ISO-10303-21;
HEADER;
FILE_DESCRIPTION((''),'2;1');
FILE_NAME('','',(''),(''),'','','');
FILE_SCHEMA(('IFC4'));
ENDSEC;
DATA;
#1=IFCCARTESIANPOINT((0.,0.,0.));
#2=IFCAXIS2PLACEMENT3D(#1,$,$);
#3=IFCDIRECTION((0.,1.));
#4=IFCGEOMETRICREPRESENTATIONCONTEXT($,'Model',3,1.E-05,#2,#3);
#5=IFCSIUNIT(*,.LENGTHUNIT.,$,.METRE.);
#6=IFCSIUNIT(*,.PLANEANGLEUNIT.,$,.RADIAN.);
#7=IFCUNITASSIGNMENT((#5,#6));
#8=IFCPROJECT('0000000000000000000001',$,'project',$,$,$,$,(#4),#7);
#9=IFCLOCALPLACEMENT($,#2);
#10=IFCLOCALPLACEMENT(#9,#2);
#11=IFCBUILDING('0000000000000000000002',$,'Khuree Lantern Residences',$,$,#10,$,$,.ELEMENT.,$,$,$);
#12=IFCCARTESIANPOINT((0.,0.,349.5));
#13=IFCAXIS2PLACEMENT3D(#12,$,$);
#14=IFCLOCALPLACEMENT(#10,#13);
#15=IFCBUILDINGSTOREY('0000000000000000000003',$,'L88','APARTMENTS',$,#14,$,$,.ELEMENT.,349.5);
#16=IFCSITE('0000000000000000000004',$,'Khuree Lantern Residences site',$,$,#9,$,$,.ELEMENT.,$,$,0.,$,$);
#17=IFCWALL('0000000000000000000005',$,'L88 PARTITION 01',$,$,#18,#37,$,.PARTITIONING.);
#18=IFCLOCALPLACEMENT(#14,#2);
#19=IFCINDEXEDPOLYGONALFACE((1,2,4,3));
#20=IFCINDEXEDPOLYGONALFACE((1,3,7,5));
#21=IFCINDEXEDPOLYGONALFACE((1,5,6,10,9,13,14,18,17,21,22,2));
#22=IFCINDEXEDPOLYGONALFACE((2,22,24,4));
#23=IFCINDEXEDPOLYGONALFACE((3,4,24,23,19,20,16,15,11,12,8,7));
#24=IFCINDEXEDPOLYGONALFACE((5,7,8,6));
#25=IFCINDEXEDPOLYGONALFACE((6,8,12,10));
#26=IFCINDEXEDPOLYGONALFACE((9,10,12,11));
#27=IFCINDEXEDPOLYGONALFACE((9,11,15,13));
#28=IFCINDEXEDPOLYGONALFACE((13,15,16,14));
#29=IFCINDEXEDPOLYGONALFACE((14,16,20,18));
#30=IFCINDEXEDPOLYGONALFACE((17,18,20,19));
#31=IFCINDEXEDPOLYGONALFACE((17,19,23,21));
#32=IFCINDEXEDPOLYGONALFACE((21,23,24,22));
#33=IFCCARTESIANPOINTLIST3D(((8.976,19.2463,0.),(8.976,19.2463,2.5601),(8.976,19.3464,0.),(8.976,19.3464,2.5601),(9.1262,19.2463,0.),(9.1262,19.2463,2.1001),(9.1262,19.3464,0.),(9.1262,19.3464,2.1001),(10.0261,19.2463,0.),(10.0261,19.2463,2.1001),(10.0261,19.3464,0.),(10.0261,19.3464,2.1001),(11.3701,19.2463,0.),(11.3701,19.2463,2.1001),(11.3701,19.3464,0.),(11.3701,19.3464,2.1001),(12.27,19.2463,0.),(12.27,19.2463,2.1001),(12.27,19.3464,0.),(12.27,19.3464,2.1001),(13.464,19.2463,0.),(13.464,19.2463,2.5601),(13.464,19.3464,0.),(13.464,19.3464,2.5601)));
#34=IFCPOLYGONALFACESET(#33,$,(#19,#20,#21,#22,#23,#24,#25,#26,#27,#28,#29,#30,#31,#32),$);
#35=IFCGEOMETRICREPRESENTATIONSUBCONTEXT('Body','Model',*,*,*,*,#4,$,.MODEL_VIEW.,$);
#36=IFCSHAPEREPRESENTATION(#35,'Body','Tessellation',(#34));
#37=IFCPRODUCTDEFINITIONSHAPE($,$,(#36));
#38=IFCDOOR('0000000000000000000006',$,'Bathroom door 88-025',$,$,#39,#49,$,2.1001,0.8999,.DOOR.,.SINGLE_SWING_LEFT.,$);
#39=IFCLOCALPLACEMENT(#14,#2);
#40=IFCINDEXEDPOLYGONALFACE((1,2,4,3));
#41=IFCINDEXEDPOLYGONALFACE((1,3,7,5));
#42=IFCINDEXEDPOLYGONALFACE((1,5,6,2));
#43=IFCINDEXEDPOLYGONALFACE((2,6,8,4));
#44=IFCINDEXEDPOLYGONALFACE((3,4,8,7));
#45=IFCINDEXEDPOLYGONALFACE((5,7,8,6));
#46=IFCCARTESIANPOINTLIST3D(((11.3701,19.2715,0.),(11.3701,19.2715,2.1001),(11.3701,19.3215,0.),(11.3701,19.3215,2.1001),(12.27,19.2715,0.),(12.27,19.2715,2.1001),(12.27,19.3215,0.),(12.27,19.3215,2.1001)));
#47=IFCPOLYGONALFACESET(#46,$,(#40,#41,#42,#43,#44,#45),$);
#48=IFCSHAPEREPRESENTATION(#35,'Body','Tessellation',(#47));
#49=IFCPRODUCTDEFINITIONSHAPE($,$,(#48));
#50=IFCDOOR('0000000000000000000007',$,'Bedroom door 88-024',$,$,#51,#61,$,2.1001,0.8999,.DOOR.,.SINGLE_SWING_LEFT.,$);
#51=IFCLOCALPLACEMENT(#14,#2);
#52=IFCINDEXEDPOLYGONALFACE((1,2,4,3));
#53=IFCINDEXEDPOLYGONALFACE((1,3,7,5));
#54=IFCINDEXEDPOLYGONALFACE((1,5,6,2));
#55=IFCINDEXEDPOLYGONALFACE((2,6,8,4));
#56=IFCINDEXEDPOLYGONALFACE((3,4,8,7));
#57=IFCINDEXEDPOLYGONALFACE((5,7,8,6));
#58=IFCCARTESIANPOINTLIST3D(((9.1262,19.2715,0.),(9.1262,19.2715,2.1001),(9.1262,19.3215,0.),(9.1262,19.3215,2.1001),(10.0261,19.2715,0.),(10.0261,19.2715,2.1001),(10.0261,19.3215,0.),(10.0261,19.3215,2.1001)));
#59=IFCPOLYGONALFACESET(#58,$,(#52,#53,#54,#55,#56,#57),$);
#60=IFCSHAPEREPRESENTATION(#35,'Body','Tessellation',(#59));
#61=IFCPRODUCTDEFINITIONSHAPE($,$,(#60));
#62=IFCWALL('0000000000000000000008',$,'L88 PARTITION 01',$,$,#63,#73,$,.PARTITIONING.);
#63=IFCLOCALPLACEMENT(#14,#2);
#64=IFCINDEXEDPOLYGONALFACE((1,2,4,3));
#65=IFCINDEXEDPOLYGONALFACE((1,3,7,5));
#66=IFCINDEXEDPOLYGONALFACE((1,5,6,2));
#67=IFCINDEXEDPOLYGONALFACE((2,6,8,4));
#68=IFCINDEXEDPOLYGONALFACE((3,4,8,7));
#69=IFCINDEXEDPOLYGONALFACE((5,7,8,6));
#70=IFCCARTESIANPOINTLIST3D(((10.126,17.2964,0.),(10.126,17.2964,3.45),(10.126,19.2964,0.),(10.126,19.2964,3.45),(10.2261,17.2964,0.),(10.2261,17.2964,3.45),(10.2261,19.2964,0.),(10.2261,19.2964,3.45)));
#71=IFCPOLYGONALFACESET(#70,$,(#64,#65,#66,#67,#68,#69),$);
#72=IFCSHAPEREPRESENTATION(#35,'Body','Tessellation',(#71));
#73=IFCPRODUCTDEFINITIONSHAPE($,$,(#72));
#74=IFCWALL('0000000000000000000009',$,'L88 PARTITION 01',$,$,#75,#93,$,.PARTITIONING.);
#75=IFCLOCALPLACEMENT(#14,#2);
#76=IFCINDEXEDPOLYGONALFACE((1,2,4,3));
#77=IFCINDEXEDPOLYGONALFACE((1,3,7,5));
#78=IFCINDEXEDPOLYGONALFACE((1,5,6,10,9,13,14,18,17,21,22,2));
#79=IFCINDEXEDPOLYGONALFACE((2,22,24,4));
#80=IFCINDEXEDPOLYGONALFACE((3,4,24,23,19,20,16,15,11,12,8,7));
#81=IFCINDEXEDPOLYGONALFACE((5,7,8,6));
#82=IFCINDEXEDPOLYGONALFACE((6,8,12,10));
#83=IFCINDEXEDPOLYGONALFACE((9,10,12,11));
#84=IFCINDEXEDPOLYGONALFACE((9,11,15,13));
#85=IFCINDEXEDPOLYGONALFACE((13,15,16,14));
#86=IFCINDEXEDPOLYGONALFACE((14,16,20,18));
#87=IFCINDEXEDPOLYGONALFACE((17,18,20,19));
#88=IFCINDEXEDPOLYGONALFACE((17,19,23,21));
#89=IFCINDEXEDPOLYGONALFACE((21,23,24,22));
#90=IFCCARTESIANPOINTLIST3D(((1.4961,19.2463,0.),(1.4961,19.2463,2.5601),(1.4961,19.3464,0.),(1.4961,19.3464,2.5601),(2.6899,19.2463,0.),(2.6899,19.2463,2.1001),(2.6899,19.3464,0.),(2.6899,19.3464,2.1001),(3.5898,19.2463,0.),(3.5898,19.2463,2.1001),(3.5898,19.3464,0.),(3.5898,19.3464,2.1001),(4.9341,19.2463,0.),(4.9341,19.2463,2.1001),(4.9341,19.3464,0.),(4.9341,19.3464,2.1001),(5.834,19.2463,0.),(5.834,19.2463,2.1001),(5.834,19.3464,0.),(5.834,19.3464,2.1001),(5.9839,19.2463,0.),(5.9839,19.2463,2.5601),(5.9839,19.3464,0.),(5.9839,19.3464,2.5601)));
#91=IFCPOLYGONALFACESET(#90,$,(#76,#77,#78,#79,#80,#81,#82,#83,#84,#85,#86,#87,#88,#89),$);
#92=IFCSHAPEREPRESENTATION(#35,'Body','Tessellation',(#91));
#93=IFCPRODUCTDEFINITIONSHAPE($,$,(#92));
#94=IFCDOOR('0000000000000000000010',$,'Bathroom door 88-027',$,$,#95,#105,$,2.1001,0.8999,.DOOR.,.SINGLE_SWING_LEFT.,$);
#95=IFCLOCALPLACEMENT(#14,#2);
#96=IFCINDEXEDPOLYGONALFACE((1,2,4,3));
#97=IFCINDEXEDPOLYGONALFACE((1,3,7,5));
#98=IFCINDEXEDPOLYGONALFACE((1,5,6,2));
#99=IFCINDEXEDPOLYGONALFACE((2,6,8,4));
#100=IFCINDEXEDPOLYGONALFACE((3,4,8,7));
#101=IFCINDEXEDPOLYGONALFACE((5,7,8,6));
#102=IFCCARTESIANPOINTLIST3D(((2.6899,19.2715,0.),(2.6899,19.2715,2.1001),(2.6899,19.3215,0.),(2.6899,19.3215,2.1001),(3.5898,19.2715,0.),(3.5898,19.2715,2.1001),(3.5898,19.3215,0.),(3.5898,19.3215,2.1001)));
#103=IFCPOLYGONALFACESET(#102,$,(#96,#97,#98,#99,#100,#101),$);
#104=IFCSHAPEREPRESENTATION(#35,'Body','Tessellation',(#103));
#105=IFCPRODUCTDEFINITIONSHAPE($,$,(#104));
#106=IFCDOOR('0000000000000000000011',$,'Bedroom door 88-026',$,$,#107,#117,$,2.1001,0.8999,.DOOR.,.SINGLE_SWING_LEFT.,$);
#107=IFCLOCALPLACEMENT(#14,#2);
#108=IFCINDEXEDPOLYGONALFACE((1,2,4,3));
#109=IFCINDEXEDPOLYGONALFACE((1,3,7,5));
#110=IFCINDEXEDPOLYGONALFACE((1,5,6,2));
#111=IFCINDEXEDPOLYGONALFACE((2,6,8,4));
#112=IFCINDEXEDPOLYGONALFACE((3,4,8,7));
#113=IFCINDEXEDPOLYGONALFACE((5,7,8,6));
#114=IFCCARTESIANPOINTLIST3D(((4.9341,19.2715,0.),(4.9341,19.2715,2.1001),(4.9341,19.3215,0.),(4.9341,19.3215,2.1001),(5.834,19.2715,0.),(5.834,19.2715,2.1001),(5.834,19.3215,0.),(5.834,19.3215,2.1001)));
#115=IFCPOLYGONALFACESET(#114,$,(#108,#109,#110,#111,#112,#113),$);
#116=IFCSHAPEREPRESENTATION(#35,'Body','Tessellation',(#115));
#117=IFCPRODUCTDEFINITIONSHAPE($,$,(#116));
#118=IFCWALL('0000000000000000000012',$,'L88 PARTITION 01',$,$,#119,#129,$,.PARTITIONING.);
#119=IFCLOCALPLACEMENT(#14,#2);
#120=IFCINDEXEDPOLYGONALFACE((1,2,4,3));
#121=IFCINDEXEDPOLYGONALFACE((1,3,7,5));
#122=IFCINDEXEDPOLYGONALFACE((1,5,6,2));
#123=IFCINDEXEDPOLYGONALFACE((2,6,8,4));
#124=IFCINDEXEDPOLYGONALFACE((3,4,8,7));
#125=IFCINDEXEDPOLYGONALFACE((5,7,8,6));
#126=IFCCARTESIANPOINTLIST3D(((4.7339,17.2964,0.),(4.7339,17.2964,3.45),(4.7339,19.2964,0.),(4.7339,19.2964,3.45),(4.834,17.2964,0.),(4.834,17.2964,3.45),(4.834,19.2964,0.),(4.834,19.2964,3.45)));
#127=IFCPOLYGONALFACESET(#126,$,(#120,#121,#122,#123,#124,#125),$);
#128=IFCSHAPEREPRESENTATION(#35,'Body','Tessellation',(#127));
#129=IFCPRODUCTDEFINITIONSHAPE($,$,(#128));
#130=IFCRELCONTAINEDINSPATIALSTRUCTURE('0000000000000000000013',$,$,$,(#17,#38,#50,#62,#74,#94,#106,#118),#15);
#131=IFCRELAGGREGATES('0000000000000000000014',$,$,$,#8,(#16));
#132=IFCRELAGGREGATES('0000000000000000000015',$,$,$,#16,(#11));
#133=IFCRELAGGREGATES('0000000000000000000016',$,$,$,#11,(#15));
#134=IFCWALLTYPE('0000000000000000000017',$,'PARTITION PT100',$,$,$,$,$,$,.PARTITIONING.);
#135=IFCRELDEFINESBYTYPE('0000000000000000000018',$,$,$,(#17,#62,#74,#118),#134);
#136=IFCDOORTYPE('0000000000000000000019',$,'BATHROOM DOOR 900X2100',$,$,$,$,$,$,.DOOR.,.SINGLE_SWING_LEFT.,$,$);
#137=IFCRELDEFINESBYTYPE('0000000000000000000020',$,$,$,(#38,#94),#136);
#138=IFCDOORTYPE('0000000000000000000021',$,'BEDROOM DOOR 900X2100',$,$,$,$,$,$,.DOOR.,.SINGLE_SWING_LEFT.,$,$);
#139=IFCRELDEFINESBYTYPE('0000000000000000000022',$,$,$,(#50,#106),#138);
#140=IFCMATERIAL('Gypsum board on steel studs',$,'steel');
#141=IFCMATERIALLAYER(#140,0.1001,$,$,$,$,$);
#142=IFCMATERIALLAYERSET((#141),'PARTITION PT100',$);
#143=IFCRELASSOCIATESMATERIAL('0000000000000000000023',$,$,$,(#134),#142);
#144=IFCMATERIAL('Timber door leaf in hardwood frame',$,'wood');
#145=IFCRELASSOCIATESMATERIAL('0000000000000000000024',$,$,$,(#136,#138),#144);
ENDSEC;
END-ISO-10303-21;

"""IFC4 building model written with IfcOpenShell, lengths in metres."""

from ifc_helpers import new_model, si_unit, direction, frame, frame_2d, origin, place, context, subcontext, project, spatial, rectangle, extrude, material, layer, layer_set, type_object, element, fill, save


model = new_model("IFC4")

# Units and contexts
model_context = context("Model", 3, precision=1e-05, world=origin(), true_north=direction((0.0, 1.0)))
body_context = subcontext(model_context, "Body", "Model", "MODEL_VIEW")
ifc_project = project(units=[si_unit("LENGTHUNIT", "METRE"), si_unit("PLANEANGLEUNIT", "RADIAN")], contexts=[model_context])

# Site, building, storey
site_placement = place(None, origin())
site = spatial("IfcSite", under=ifc_project, at=site_placement, Name="Khuree Lantern Residences site", CompositionType="ELEMENT", RefElevation=0.0)
building_placement = place(site_placement, origin())
building = spatial("IfcBuilding", under=site, at=building_placement, Name="Khuree Lantern Residences", CompositionType="ELEMENT")
storey_placement = place(building_placement, frame((0.0, 0.0, 349.5)))
storey = spatial("IfcBuildingStorey", under=building, at=storey_placement, Name="L88", Description="APARTMENTS", CompositionType="ELEMENT", Elevation=349.5)

# Shared definitions
ifc_material_1 = material(Name="Gypsum board on steel studs", Category="steel")
ifc_layer_1 = layer(ifc_material_1, 0.1001)
ifc_layer_set_1 = layer_set([ifc_layer_1], Name="PARTITION PT100")
wall_type_1 = type_object("IfcWallType", Name="PARTITION PT100", PredefinedType="PARTITIONING", material=ifc_layer_set_1)

# Wall, openings, doors
wall_1_placement = place(storey_placement, frame((13.4641, 19.2964, 0.0), z_axis=(0.0, 0.0, 1.0), x_axis=(-1.0, 0.0, 0.0)))
wall_1 = element("IfcWall", 1, at=wall_1_placement, inside=storey, type_object=wall_type_1, Name="L88 PARTITION 01", PredefinedType="PARTITIONING", context=body_context, shape_type="SweptSolid", body=[
    extrude(rectangle(XDim=4.488, YDim=0.1001, at=frame_2d((2.2441, 0.0))), origin(), (0.0, 0.0, 1.0), 2.5601),
])
opening_1_placement = place(wall_1_placement, frame((3.438, 0.0, 0.0)))
opening_1 = element("IfcOpeningElement", 2, at=opening_1_placement, cuts=wall_1, PredefinedType="OPENING", context=body_context, shape_type="SweptSolid", body=[
    extrude(rectangle(XDim=0.8999, YDim=2.1001, at=frame_2d((0.45, 1.05))), frame((0.0, 0.0601, 0.0), z_axis=(0.0, -1.0, 0.0), x_axis=(1.0, 0.0, 0.0)), (0.0, 0.0, 1.0), 0.1201),
])
opening_2_placement = place(wall_1_placement, frame((1.1941, 0.0, 0.0)))
opening_2 = element("IfcOpeningElement", 3, at=opening_2_placement, cuts=wall_1, PredefinedType="OPENING", context=body_context, shape_type="SweptSolid", body=[
    extrude(rectangle(XDim=0.8999, YDim=2.1001, at=frame_2d((0.45, 1.05))), frame((0.0, 0.0601, 0.0), z_axis=(0.0, -1.0, 0.0), x_axis=(1.0, 0.0, 0.0)), (0.0, 0.0, 1.0), 0.1201),
])
ifc_material_2 = material(Name="Timber door leaf in hardwood frame", Category="wood")
door_type_1 = type_object("IfcDoorType", Name="BATHROOM DOOR 900X2100", OperationType="SINGLE_SWING_LEFT", PredefinedType="DOOR", material=ifc_material_2)
door_1_placement = place(opening_2_placement, origin())
door_1 = element("IfcDoor", 4, at=door_1_placement, inside=storey, type_object=door_type_1, Name="Bathroom door 88-025", OperationType="SINGLE_SWING_LEFT", OverallHeight=2.1001, OverallWidth=0.8999, PredefinedType="DOOR", context=body_context, shape_type="SweptSolid", body=[
    extrude(rectangle(XDim=0.8999, YDim=2.1001, at=frame_2d((0.45, 1.05))), frame((0.0, 0.0249, 0.0), z_axis=(0.0, -1.0, 0.0), x_axis=(1.0, 0.0, 0.0)), (0.0, 0.0, 1.0), 0.05),
])
fill(opening_2, door_1)
door_type_2 = type_object("IfcDoorType", Name="BEDROOM DOOR 900X2100", OperationType="SINGLE_SWING_LEFT", PredefinedType="DOOR", material=ifc_material_2)
door_2_placement = place(opening_1_placement, origin())
door_2 = element("IfcDoor", 5, at=door_2_placement, inside=storey, type_object=door_type_2, Name="Bedroom door 88-024", OperationType="SINGLE_SWING_LEFT", OverallHeight=2.1001, OverallWidth=0.8999, PredefinedType="DOOR", context=body_context, shape_type="SweptSolid", body=[
    extrude(rectangle(XDim=0.8999, YDim=2.1001, at=frame_2d((0.45, 1.05))), frame((0.0, 0.0249, 0.0), z_axis=(0.0, -1.0, 0.0), x_axis=(1.0, 0.0, 0.0)), (0.0, 0.0, 1.0), 0.05),
])
fill(opening_1, door_2)

# Wall
wall_2_placement = place(storey_placement, frame((10.176, 17.2964, 0.0), z_axis=(0.0, 0.0, 1.0), x_axis=(0.0, 1.0, 0.0)))
element("IfcWall", 6, at=wall_2_placement, inside=storey, type_object=wall_type_1, Name="L88 PARTITION 01", PredefinedType="PARTITIONING", context=body_context, shape_type="SweptSolid", body=[
    extrude(rectangle(XDim=2.0, YDim=0.1001, at=frame_2d((1.0, 0.0))), origin(), (0.0, 0.0, 1.0), 3.45),
])

# Wall, openings, doors
wall_3_placement = place(storey_placement, frame((5.9839, 19.2964, 0.0), z_axis=(0.0, 0.0, 1.0), x_axis=(-1.0, 0.0, 0.0)))
wall_3 = element("IfcWall", 7, at=wall_3_placement, inside=storey, type_object=wall_type_1, Name="L88 PARTITION 01", PredefinedType="PARTITIONING", context=body_context, shape_type="SweptSolid", body=[
    extrude(rectangle(XDim=4.4878, YDim=0.1001, at=frame_2d((2.2439, 0.0))), origin(), (0.0, 0.0, 1.0), 2.5601),
])
opening_3_placement = place(wall_3_placement, frame((0.1499, 0.0, 0.0)))
opening_3 = element("IfcOpeningElement", 8, at=opening_3_placement, cuts=wall_3, PredefinedType="OPENING", context=body_context, shape_type="SweptSolid", body=[
    extrude(rectangle(XDim=0.8999, YDim=2.1001, at=frame_2d((0.45, 1.05))), frame((0.0, 0.0601, 0.0), z_axis=(0.0, -1.0, 0.0), x_axis=(1.0, 0.0, 0.0)), (0.0, 0.0, 1.0), 0.1201),
])
opening_4_placement = place(wall_3_placement, frame((2.394, 0.0, 0.0)))
opening_4 = element("IfcOpeningElement", 9, at=opening_4_placement, cuts=wall_3, PredefinedType="OPENING", context=body_context, shape_type="SweptSolid", body=[
    extrude(rectangle(XDim=0.8999, YDim=2.1001, at=frame_2d((0.45, 1.05))), frame((0.0, 0.0601, 0.0), z_axis=(0.0, -1.0, 0.0), x_axis=(1.0, 0.0, 0.0)), (0.0, 0.0, 1.0), 0.1201),
])
door_3_placement = place(opening_4_placement, origin())
door_3 = element("IfcDoor", 10, at=door_3_placement, inside=storey, type_object=door_type_1, Name="Bathroom door 88-027", OperationType="SINGLE_SWING_LEFT", OverallHeight=2.1001, OverallWidth=0.8999, PredefinedType="DOOR", context=body_context, shape_type="SweptSolid", body=[
    extrude(rectangle(XDim=0.8999, YDim=2.1001, at=frame_2d((0.45, 1.05))), frame((0.0, 0.0249, 0.0), z_axis=(0.0, -1.0, 0.0), x_axis=(1.0, 0.0, 0.0)), (0.0, 0.0, 1.0), 0.05),
])
fill(opening_4, door_3)
door_4_placement = place(opening_3_placement, origin())
door_4 = element("IfcDoor", 11, at=door_4_placement, inside=storey, type_object=door_type_2, Name="Bedroom door 88-026", OperationType="SINGLE_SWING_LEFT", OverallHeight=2.1001, OverallWidth=0.8999, PredefinedType="DOOR", context=body_context, shape_type="SweptSolid", body=[
    extrude(rectangle(XDim=0.8999, YDim=2.1001, at=frame_2d((0.45, 1.05))), frame((0.0, 0.0249, 0.0), z_axis=(0.0, -1.0, 0.0), x_axis=(1.0, 0.0, 0.0)), (0.0, 0.0, 1.0), 0.05),
])
fill(opening_3, door_4)

# Wall
wall_4_placement = place(storey_placement, frame((4.7839, 17.2964, 0.0), z_axis=(0.0, 0.0, 1.0), x_axis=(0.0, 1.0, 0.0)))
element("IfcWall", 12, at=wall_4_placement, inside=storey, type_object=wall_type_1, Name="L88 PARTITION 01", PredefinedType="PARTITIONING", context=body_context, shape_type="SweptSolid", body=[
    extrude(rectangle(XDim=2.0, YDim=0.1001, at=frame_2d((1.0, 0.0))), origin(), (0.0, 0.0, 1.0), 3.45),
])

save(model, "model.ifc")
